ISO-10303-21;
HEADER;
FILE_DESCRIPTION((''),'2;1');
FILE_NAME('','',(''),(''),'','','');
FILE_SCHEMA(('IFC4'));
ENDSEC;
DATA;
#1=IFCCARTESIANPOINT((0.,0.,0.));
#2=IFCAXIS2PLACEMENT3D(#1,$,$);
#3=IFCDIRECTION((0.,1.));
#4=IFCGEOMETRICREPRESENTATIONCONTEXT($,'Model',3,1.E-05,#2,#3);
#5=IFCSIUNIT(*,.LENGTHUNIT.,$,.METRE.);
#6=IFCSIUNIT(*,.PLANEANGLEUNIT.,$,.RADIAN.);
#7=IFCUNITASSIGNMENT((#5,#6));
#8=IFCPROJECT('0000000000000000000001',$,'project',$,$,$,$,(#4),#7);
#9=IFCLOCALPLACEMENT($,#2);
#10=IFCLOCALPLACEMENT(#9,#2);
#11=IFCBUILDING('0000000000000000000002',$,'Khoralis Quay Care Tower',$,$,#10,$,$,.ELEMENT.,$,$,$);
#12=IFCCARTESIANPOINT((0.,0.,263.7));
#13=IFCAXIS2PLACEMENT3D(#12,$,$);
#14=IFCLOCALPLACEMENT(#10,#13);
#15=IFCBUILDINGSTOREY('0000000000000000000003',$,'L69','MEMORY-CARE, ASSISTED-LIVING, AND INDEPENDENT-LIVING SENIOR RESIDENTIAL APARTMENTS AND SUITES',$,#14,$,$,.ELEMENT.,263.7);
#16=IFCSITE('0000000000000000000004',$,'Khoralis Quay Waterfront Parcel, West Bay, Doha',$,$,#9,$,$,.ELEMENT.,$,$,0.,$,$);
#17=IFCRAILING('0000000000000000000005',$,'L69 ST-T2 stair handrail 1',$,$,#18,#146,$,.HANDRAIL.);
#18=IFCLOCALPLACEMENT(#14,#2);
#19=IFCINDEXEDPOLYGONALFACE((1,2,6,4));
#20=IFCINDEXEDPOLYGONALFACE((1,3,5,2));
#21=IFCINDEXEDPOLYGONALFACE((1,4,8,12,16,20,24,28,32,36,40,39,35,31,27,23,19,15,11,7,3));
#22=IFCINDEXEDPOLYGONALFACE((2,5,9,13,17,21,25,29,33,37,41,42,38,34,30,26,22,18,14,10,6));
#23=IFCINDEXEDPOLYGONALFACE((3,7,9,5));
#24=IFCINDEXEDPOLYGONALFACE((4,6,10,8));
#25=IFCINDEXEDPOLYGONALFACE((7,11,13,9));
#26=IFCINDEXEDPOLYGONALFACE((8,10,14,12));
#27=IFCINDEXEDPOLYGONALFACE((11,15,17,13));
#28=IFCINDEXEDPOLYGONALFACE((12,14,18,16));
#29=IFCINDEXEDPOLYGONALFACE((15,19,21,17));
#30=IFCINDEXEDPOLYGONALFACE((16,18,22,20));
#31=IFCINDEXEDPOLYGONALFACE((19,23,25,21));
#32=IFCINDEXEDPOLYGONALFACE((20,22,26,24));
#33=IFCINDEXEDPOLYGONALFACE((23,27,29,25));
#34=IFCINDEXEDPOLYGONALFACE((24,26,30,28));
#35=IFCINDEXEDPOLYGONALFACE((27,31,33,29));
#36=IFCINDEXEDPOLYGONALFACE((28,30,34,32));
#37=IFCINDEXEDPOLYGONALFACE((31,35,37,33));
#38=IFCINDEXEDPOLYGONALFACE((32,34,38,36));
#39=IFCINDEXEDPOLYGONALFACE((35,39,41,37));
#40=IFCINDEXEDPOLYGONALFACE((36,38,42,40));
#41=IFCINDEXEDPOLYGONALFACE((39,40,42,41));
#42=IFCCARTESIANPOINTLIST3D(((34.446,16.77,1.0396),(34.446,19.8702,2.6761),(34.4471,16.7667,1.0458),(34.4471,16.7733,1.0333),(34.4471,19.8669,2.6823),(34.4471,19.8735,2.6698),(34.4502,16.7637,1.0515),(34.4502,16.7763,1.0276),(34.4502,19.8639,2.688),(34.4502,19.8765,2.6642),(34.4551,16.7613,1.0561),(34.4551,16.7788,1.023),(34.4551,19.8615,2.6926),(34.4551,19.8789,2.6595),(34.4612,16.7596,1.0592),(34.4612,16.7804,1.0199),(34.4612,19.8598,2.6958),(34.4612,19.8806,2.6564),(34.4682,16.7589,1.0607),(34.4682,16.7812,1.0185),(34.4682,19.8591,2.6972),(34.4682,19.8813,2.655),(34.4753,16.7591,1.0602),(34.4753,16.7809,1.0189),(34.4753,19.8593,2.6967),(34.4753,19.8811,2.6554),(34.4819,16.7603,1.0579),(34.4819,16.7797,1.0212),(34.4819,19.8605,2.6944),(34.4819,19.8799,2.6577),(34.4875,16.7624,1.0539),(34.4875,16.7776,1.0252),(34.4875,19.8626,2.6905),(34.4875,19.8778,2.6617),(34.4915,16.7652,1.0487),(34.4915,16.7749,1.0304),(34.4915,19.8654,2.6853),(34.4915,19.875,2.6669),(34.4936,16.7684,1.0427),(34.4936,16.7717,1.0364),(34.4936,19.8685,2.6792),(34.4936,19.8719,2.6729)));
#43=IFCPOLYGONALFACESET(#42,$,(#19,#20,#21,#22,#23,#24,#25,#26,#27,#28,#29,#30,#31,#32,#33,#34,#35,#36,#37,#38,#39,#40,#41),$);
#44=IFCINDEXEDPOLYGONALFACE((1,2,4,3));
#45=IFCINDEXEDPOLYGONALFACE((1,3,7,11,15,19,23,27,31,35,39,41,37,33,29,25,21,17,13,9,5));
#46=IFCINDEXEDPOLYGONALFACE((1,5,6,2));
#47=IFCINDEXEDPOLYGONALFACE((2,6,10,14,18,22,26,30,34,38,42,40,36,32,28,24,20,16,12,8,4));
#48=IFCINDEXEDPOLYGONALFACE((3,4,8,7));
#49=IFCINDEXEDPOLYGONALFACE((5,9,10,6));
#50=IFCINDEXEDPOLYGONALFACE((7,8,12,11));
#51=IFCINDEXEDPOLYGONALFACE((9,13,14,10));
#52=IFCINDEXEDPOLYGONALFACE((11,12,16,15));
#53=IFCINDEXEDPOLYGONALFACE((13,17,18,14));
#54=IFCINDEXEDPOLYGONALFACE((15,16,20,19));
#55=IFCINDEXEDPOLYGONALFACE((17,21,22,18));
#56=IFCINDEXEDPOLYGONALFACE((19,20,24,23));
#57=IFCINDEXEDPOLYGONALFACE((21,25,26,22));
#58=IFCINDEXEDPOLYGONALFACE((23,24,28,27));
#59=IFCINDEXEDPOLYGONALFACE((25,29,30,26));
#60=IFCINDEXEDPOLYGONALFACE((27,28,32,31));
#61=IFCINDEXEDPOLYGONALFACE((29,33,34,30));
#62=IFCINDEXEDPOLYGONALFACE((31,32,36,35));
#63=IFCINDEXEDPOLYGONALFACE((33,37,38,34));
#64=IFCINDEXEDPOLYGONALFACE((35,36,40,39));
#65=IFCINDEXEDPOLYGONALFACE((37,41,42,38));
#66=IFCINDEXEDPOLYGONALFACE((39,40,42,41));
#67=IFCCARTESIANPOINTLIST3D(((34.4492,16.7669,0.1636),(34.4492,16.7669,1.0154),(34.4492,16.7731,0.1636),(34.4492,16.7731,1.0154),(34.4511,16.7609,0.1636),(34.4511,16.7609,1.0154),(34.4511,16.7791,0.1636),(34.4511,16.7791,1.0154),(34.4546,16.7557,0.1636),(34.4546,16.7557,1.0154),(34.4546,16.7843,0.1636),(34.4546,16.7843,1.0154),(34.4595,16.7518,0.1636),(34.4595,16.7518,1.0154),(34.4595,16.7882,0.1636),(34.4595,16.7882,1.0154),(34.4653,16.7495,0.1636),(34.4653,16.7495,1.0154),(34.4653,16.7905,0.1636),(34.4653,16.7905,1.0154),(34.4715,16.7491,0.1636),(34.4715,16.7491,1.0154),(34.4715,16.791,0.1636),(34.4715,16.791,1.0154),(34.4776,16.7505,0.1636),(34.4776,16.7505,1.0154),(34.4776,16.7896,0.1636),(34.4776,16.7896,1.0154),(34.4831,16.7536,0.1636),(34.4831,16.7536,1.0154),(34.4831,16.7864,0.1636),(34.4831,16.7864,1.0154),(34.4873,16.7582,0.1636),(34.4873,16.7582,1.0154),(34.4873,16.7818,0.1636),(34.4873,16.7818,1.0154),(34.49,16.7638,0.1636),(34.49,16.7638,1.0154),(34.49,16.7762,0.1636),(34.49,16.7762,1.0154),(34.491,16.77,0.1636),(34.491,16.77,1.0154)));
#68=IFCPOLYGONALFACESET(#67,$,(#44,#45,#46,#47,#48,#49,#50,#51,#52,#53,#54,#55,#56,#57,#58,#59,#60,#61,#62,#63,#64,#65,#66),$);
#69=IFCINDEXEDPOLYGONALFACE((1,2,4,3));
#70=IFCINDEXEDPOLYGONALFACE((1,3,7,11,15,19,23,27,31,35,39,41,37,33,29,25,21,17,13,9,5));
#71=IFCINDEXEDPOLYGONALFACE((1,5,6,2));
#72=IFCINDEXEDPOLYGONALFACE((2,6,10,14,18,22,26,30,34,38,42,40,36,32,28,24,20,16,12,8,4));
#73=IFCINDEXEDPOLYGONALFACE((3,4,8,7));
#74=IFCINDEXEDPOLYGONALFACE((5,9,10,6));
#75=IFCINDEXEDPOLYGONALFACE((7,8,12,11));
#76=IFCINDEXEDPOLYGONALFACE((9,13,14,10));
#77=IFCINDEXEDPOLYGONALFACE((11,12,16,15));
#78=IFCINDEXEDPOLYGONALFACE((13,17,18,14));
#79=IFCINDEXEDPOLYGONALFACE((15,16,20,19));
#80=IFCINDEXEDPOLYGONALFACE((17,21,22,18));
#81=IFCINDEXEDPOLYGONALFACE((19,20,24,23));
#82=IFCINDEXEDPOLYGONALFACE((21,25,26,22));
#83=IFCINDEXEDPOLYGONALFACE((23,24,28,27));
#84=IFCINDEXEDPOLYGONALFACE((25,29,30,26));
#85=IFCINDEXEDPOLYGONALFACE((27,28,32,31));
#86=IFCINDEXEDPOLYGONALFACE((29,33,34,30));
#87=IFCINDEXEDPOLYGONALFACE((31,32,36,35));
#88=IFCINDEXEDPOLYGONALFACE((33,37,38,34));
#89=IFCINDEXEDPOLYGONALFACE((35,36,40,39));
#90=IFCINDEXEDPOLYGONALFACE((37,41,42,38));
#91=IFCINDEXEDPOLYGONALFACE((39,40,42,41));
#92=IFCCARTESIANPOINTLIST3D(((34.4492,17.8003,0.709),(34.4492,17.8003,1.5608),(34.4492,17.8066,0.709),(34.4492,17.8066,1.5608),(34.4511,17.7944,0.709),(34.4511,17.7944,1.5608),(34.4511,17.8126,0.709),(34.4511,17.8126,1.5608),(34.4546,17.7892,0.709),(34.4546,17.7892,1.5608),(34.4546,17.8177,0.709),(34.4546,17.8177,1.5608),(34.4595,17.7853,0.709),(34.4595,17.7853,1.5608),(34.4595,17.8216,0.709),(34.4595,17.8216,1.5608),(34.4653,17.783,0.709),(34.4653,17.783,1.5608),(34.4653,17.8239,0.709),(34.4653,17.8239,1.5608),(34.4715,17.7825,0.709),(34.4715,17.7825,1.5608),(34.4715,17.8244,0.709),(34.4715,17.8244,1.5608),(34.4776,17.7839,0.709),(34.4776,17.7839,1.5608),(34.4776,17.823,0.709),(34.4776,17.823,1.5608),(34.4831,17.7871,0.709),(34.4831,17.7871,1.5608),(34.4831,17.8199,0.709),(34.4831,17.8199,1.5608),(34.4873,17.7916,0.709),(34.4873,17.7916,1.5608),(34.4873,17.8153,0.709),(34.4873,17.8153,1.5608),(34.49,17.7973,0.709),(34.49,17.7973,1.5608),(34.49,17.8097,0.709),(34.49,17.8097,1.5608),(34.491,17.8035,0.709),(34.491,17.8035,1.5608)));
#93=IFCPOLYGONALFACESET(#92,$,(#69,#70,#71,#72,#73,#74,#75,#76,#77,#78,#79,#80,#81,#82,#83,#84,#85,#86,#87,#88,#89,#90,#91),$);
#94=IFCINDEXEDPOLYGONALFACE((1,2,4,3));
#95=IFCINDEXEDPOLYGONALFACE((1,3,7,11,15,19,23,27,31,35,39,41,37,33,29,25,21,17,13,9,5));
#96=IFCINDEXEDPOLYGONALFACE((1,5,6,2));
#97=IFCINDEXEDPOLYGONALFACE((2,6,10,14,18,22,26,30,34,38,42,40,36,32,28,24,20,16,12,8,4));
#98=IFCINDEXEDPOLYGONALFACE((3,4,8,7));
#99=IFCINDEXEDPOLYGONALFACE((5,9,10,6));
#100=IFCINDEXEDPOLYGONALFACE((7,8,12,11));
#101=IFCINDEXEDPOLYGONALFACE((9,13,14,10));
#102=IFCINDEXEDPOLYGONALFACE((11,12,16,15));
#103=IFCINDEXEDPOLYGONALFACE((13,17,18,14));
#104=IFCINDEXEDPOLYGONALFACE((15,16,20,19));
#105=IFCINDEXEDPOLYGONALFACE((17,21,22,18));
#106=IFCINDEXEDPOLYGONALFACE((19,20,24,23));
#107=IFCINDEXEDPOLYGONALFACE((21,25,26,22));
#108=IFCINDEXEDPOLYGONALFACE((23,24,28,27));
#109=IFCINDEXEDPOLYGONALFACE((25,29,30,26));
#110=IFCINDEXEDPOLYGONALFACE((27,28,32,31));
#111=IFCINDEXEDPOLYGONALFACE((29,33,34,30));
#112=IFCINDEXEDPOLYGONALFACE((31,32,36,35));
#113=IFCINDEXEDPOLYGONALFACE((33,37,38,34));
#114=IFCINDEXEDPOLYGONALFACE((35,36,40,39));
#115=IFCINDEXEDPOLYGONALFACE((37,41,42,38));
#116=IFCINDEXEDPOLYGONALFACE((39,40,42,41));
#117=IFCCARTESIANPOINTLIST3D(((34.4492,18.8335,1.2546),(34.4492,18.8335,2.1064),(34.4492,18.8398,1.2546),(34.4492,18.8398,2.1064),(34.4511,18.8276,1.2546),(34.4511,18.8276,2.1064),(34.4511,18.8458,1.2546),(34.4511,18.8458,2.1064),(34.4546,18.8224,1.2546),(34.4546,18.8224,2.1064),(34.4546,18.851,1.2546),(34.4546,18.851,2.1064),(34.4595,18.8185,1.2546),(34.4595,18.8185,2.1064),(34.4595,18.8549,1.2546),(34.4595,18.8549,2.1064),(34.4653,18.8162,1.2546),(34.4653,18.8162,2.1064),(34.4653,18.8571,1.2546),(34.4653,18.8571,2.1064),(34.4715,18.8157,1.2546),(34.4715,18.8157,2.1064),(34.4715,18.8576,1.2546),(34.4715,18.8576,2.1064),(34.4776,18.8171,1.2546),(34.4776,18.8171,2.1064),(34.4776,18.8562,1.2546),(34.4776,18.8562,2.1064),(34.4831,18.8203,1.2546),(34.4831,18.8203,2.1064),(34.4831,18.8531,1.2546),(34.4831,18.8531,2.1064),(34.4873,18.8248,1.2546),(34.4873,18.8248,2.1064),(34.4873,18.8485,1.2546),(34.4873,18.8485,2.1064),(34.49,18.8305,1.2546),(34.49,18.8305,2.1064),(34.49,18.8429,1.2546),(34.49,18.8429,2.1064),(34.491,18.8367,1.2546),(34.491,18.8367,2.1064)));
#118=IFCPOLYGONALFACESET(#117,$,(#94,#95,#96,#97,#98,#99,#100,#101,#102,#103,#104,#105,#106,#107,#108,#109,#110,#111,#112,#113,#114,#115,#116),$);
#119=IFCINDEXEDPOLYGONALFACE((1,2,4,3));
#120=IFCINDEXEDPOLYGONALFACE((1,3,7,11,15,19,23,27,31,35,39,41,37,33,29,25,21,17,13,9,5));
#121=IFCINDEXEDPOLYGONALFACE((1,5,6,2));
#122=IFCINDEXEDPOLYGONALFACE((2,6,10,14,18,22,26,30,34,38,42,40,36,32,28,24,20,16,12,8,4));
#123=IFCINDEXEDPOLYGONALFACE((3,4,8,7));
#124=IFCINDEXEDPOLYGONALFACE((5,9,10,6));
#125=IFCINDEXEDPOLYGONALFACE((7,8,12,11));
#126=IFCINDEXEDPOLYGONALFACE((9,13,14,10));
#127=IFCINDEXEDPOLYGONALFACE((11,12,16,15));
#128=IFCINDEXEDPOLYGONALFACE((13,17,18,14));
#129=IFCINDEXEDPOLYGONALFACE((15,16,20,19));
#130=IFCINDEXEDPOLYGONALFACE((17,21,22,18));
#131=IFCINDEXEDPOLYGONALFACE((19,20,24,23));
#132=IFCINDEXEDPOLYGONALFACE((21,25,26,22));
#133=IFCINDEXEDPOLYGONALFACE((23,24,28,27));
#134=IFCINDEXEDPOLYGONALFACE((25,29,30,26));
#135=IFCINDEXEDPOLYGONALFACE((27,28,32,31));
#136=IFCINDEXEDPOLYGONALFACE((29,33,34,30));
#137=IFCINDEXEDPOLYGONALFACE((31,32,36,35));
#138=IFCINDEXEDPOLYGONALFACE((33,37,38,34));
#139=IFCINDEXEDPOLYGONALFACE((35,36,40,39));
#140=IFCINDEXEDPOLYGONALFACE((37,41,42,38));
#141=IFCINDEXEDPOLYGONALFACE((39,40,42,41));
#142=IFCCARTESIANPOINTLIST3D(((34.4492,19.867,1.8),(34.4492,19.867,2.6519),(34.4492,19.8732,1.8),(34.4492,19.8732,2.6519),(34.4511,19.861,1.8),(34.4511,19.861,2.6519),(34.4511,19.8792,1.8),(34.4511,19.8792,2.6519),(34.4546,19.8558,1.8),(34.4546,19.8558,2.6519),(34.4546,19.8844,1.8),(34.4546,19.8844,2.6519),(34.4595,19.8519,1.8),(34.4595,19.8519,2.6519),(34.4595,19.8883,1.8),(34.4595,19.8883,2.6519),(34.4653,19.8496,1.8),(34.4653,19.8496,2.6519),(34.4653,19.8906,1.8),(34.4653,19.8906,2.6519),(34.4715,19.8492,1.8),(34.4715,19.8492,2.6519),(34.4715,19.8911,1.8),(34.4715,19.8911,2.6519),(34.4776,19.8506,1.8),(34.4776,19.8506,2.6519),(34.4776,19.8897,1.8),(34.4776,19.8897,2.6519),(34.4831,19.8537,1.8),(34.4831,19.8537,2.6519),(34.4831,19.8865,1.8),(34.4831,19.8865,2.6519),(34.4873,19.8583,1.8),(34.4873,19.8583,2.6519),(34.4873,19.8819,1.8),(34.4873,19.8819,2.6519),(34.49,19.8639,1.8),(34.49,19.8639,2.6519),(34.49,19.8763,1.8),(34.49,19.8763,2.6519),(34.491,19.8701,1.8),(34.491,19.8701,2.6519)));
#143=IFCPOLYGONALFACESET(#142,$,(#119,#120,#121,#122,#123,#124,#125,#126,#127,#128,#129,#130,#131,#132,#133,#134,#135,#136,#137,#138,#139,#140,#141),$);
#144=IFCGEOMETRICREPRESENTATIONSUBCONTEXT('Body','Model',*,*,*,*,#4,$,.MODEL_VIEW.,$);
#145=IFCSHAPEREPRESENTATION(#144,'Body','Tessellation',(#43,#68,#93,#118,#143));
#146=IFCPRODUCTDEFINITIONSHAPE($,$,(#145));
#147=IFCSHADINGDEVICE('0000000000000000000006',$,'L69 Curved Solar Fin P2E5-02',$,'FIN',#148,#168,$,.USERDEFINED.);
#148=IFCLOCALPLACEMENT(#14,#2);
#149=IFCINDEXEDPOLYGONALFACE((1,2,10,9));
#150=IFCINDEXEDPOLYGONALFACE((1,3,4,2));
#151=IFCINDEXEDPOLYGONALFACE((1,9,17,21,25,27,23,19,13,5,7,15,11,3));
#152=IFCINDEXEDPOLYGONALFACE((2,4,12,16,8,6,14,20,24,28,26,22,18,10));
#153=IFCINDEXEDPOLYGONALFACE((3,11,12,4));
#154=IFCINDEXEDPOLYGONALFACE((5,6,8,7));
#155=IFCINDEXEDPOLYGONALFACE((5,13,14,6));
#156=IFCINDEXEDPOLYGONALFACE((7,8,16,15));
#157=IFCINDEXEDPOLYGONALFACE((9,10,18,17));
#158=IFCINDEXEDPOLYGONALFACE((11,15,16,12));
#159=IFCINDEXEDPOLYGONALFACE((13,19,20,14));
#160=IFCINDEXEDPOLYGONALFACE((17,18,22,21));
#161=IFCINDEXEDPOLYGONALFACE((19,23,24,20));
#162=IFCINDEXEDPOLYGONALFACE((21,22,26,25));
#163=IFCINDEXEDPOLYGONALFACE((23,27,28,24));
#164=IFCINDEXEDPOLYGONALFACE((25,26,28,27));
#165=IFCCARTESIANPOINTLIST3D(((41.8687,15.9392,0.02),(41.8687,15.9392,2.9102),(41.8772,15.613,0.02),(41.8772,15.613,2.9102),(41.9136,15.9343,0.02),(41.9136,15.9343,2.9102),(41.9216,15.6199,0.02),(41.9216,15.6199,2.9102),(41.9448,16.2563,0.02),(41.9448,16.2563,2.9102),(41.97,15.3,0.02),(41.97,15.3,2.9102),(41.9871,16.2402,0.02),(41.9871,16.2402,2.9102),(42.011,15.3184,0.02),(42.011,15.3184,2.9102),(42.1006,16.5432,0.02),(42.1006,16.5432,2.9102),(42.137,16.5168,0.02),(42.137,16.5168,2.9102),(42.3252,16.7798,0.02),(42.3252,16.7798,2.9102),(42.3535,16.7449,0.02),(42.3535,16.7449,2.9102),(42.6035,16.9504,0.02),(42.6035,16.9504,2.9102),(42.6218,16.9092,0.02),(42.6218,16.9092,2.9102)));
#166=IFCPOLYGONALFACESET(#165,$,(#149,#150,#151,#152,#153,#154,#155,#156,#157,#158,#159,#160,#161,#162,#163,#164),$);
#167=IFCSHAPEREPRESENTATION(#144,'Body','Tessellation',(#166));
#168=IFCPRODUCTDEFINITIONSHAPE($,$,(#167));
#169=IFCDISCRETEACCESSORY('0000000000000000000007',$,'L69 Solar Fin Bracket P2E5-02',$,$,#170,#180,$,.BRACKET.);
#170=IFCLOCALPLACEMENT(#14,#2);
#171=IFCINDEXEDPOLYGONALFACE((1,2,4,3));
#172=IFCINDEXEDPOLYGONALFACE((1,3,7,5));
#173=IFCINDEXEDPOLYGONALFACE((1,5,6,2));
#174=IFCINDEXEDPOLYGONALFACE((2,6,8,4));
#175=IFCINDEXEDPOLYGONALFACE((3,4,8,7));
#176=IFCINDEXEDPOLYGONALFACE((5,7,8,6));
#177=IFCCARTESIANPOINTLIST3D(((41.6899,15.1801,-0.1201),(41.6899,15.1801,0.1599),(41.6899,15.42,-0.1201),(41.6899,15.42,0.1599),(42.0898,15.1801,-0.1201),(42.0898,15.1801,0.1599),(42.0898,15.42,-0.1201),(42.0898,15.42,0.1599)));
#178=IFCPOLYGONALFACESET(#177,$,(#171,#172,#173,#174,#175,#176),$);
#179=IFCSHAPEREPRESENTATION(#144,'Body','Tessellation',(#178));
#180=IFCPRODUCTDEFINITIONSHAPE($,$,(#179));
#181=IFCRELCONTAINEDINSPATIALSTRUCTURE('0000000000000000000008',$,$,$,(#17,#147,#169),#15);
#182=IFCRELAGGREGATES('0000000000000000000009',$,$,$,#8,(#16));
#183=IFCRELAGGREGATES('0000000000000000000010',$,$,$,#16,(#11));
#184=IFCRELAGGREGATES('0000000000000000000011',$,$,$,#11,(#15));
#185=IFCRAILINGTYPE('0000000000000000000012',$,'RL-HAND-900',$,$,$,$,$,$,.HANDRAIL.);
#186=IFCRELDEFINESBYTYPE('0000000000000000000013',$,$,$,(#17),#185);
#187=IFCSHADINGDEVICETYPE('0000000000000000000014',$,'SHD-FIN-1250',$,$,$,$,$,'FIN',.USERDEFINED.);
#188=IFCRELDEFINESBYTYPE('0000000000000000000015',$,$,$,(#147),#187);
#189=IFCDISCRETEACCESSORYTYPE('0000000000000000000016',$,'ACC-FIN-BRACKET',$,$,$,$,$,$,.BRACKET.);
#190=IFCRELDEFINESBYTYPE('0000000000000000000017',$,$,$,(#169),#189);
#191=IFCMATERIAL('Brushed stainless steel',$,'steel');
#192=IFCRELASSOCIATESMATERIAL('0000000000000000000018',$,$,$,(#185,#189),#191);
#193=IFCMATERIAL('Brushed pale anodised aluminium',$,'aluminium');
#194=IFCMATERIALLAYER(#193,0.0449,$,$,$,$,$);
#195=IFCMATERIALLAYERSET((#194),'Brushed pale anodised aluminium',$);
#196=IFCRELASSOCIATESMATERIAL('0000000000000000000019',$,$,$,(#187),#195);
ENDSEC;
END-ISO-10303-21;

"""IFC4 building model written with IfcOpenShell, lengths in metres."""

from ifc_helpers import new_model, si_unit, direction, frame, origin, origin_2d, place, context, subcontext, project, spatial, polyline, rectangle, circle, outline, extrude, source, transform, mapped, material, layer, layer_set, type_object, element, save


model = new_model("IFC4")

# Units and contexts
model_context = context("Model", 3, precision=1e-05, world=origin(), true_north=direction((0.0, 1.0)))
body_context = subcontext(model_context, "Body", "Model", "MODEL_VIEW")
ifc_project = project(units=[si_unit("LENGTHUNIT", "METRE"), si_unit("PLANEANGLEUNIT", "RADIAN")], contexts=[model_context])

# Site, building, storey
site_placement = place(None, origin())
site = spatial("IfcSite", under=ifc_project, at=site_placement, Name="Khoralis Quay Waterfront Parcel, West Bay, Doha", CompositionType="ELEMENT", RefElevation=0.0)
building_placement = place(site_placement, origin())
building = spatial("IfcBuilding", under=site, at=building_placement, Name="Khoralis Quay Care Tower", CompositionType="ELEMENT")
storey_placement = place(building_placement, frame((0.0, 0.0, 263.7)))
storey = spatial("IfcBuildingStorey", under=building, at=storey_placement, Name="L69", Description="MEMORY-CARE, ASSISTED-LIVING, AND INDEPENDENT-LIVING SENIOR RESIDENTIAL APARTMENTS AND SUITES", CompositionType="ELEMENT", Elevation=263.7)

# Shared definitions
ifc_material_1 = material(Name="Brushed stainless steel", Category="steel")

# Railing
railing_type_1 = type_object("IfcRailingType", Name="RL-HAND-900", PredefinedType="HANDRAIL", material=ifc_material_1)
railing_1_placement = place(storey_placement, frame((34.47, 16.77, 0.1636)))
element("IfcRailing", 1, at=railing_1_placement, inside=storey, type_object=railing_type_1, Name="L69 ST-T2 stair handrail 1", PredefinedType="HANDRAIL", context=body_context, shape_type="SweptSolid", body=[
    extrude(circle(Radius=0.0239, at=origin_2d()), frame((0.0, 0.0, 0.876), z_axis=(0.0, 0.884348, 0.466828), x_axis=(-1.0, 0.0, 0.0)), (0.0, 0.0, 1.0), 3.5056),
    extrude(circle(Radius=0.021, at=origin_2d()), origin(), (0.0, 0.0, 1.0), 0.8518),
    extrude(circle(Radius=0.021, at=origin_2d()), frame((0.0, 1.0334, 0.5454)), (0.0, 0.0, 1.0), 0.8518),
    extrude(circle(Radius=0.021, at=origin_2d()), frame((0.0, 2.0667, 1.0911)), (0.0, 0.0, 1.0), 0.8518),
    extrude(circle(Radius=0.021, at=origin_2d()), frame((0.0, 3.1001, 1.6365)), (0.0, 0.0, 1.0), 0.8518),
])

# Shading device
ifc_material_2 = material(Name="Brushed pale anodised aluminium", Category="aluminium")
ifc_layer_1 = layer(ifc_material_2, 0.0449)
ifc_layer_set_1 = layer_set([ifc_layer_1], Name="Brushed pale anodised aluminium")
shading_device_type = type_object("IfcShadingDeviceType", Name="SHD-FIN-1250", ElementType="FIN", PredefinedType="USERDEFINED", material=ifc_layer_set_1)
shared_shape_1 = source(origin(), body_context, "Body", "SweptSolid", [
    extrude(outline(polyline([(0.0, 0.0), (-0.0928, 0.313), (-0.1013, 0.6392), (-0.0251, 0.9563), (0.1306, 1.2432), (0.3552, 1.4797), (0.6335, 1.6504), (0.6519, 1.6091), (0.3835, 1.4448), (0.167, 1.2168), (0.0171, 0.9402), (-0.0564, 0.6343), (-0.0483, 0.3198), (0.041, 0.0183), (0.0, 0.0)])), origin(), (0.0, 0.0, 1.0), 2.8901),
])
shading_device_placement = place(storey_placement, frame((41.97, 15.3, 0.02), z_axis=(0.0, 0.0, 1.0), x_axis=(1.0, 0.0, 0.0)))
element("IfcShadingDevice", 2, at=shading_device_placement, inside=storey, type_object=shading_device_type, Name="L69 Curved Solar Fin P2E5-02", ObjectType="FIN", PredefinedType="USERDEFINED", context=body_context, shape_type="MappedRepresentation", body=[
    mapped(shared_shape_1, transform((0.0, 0.0, 0.0), scale=1.0)),
])

# Discrete accessory
discrete_accessory_type = type_object("IfcDiscreteAccessoryType", Name="ACC-FIN-BRACKET", PredefinedType="BRACKET", material=ifc_material_1)
shared_shape_2 = source(origin(), body_context, "Body", "SweptSolid", [
    extrude(rectangle(XDim=0.3999, YDim=0.24, at=origin_2d()), origin(), (0.0, 0.0, 1.0), 0.28),
])
discrete_accessory_placement = place(storey_placement, frame((41.8899, 15.3, -0.1201), z_axis=(0.0, 0.0, 1.0), x_axis=(1.0, 0.0, 0.0)))
element("IfcDiscreteAccessory", 3, at=discrete_accessory_placement, inside=storey, type_object=discrete_accessory_type, Name="L69 Solar Fin Bracket P2E5-02", PredefinedType="BRACKET", context=body_context, shape_type="MappedRepresentation", body=[
    mapped(shared_shape_2, transform((0.0, 0.0, 0.0), scale=1.0)),
])

save(model, "model.ifc")
